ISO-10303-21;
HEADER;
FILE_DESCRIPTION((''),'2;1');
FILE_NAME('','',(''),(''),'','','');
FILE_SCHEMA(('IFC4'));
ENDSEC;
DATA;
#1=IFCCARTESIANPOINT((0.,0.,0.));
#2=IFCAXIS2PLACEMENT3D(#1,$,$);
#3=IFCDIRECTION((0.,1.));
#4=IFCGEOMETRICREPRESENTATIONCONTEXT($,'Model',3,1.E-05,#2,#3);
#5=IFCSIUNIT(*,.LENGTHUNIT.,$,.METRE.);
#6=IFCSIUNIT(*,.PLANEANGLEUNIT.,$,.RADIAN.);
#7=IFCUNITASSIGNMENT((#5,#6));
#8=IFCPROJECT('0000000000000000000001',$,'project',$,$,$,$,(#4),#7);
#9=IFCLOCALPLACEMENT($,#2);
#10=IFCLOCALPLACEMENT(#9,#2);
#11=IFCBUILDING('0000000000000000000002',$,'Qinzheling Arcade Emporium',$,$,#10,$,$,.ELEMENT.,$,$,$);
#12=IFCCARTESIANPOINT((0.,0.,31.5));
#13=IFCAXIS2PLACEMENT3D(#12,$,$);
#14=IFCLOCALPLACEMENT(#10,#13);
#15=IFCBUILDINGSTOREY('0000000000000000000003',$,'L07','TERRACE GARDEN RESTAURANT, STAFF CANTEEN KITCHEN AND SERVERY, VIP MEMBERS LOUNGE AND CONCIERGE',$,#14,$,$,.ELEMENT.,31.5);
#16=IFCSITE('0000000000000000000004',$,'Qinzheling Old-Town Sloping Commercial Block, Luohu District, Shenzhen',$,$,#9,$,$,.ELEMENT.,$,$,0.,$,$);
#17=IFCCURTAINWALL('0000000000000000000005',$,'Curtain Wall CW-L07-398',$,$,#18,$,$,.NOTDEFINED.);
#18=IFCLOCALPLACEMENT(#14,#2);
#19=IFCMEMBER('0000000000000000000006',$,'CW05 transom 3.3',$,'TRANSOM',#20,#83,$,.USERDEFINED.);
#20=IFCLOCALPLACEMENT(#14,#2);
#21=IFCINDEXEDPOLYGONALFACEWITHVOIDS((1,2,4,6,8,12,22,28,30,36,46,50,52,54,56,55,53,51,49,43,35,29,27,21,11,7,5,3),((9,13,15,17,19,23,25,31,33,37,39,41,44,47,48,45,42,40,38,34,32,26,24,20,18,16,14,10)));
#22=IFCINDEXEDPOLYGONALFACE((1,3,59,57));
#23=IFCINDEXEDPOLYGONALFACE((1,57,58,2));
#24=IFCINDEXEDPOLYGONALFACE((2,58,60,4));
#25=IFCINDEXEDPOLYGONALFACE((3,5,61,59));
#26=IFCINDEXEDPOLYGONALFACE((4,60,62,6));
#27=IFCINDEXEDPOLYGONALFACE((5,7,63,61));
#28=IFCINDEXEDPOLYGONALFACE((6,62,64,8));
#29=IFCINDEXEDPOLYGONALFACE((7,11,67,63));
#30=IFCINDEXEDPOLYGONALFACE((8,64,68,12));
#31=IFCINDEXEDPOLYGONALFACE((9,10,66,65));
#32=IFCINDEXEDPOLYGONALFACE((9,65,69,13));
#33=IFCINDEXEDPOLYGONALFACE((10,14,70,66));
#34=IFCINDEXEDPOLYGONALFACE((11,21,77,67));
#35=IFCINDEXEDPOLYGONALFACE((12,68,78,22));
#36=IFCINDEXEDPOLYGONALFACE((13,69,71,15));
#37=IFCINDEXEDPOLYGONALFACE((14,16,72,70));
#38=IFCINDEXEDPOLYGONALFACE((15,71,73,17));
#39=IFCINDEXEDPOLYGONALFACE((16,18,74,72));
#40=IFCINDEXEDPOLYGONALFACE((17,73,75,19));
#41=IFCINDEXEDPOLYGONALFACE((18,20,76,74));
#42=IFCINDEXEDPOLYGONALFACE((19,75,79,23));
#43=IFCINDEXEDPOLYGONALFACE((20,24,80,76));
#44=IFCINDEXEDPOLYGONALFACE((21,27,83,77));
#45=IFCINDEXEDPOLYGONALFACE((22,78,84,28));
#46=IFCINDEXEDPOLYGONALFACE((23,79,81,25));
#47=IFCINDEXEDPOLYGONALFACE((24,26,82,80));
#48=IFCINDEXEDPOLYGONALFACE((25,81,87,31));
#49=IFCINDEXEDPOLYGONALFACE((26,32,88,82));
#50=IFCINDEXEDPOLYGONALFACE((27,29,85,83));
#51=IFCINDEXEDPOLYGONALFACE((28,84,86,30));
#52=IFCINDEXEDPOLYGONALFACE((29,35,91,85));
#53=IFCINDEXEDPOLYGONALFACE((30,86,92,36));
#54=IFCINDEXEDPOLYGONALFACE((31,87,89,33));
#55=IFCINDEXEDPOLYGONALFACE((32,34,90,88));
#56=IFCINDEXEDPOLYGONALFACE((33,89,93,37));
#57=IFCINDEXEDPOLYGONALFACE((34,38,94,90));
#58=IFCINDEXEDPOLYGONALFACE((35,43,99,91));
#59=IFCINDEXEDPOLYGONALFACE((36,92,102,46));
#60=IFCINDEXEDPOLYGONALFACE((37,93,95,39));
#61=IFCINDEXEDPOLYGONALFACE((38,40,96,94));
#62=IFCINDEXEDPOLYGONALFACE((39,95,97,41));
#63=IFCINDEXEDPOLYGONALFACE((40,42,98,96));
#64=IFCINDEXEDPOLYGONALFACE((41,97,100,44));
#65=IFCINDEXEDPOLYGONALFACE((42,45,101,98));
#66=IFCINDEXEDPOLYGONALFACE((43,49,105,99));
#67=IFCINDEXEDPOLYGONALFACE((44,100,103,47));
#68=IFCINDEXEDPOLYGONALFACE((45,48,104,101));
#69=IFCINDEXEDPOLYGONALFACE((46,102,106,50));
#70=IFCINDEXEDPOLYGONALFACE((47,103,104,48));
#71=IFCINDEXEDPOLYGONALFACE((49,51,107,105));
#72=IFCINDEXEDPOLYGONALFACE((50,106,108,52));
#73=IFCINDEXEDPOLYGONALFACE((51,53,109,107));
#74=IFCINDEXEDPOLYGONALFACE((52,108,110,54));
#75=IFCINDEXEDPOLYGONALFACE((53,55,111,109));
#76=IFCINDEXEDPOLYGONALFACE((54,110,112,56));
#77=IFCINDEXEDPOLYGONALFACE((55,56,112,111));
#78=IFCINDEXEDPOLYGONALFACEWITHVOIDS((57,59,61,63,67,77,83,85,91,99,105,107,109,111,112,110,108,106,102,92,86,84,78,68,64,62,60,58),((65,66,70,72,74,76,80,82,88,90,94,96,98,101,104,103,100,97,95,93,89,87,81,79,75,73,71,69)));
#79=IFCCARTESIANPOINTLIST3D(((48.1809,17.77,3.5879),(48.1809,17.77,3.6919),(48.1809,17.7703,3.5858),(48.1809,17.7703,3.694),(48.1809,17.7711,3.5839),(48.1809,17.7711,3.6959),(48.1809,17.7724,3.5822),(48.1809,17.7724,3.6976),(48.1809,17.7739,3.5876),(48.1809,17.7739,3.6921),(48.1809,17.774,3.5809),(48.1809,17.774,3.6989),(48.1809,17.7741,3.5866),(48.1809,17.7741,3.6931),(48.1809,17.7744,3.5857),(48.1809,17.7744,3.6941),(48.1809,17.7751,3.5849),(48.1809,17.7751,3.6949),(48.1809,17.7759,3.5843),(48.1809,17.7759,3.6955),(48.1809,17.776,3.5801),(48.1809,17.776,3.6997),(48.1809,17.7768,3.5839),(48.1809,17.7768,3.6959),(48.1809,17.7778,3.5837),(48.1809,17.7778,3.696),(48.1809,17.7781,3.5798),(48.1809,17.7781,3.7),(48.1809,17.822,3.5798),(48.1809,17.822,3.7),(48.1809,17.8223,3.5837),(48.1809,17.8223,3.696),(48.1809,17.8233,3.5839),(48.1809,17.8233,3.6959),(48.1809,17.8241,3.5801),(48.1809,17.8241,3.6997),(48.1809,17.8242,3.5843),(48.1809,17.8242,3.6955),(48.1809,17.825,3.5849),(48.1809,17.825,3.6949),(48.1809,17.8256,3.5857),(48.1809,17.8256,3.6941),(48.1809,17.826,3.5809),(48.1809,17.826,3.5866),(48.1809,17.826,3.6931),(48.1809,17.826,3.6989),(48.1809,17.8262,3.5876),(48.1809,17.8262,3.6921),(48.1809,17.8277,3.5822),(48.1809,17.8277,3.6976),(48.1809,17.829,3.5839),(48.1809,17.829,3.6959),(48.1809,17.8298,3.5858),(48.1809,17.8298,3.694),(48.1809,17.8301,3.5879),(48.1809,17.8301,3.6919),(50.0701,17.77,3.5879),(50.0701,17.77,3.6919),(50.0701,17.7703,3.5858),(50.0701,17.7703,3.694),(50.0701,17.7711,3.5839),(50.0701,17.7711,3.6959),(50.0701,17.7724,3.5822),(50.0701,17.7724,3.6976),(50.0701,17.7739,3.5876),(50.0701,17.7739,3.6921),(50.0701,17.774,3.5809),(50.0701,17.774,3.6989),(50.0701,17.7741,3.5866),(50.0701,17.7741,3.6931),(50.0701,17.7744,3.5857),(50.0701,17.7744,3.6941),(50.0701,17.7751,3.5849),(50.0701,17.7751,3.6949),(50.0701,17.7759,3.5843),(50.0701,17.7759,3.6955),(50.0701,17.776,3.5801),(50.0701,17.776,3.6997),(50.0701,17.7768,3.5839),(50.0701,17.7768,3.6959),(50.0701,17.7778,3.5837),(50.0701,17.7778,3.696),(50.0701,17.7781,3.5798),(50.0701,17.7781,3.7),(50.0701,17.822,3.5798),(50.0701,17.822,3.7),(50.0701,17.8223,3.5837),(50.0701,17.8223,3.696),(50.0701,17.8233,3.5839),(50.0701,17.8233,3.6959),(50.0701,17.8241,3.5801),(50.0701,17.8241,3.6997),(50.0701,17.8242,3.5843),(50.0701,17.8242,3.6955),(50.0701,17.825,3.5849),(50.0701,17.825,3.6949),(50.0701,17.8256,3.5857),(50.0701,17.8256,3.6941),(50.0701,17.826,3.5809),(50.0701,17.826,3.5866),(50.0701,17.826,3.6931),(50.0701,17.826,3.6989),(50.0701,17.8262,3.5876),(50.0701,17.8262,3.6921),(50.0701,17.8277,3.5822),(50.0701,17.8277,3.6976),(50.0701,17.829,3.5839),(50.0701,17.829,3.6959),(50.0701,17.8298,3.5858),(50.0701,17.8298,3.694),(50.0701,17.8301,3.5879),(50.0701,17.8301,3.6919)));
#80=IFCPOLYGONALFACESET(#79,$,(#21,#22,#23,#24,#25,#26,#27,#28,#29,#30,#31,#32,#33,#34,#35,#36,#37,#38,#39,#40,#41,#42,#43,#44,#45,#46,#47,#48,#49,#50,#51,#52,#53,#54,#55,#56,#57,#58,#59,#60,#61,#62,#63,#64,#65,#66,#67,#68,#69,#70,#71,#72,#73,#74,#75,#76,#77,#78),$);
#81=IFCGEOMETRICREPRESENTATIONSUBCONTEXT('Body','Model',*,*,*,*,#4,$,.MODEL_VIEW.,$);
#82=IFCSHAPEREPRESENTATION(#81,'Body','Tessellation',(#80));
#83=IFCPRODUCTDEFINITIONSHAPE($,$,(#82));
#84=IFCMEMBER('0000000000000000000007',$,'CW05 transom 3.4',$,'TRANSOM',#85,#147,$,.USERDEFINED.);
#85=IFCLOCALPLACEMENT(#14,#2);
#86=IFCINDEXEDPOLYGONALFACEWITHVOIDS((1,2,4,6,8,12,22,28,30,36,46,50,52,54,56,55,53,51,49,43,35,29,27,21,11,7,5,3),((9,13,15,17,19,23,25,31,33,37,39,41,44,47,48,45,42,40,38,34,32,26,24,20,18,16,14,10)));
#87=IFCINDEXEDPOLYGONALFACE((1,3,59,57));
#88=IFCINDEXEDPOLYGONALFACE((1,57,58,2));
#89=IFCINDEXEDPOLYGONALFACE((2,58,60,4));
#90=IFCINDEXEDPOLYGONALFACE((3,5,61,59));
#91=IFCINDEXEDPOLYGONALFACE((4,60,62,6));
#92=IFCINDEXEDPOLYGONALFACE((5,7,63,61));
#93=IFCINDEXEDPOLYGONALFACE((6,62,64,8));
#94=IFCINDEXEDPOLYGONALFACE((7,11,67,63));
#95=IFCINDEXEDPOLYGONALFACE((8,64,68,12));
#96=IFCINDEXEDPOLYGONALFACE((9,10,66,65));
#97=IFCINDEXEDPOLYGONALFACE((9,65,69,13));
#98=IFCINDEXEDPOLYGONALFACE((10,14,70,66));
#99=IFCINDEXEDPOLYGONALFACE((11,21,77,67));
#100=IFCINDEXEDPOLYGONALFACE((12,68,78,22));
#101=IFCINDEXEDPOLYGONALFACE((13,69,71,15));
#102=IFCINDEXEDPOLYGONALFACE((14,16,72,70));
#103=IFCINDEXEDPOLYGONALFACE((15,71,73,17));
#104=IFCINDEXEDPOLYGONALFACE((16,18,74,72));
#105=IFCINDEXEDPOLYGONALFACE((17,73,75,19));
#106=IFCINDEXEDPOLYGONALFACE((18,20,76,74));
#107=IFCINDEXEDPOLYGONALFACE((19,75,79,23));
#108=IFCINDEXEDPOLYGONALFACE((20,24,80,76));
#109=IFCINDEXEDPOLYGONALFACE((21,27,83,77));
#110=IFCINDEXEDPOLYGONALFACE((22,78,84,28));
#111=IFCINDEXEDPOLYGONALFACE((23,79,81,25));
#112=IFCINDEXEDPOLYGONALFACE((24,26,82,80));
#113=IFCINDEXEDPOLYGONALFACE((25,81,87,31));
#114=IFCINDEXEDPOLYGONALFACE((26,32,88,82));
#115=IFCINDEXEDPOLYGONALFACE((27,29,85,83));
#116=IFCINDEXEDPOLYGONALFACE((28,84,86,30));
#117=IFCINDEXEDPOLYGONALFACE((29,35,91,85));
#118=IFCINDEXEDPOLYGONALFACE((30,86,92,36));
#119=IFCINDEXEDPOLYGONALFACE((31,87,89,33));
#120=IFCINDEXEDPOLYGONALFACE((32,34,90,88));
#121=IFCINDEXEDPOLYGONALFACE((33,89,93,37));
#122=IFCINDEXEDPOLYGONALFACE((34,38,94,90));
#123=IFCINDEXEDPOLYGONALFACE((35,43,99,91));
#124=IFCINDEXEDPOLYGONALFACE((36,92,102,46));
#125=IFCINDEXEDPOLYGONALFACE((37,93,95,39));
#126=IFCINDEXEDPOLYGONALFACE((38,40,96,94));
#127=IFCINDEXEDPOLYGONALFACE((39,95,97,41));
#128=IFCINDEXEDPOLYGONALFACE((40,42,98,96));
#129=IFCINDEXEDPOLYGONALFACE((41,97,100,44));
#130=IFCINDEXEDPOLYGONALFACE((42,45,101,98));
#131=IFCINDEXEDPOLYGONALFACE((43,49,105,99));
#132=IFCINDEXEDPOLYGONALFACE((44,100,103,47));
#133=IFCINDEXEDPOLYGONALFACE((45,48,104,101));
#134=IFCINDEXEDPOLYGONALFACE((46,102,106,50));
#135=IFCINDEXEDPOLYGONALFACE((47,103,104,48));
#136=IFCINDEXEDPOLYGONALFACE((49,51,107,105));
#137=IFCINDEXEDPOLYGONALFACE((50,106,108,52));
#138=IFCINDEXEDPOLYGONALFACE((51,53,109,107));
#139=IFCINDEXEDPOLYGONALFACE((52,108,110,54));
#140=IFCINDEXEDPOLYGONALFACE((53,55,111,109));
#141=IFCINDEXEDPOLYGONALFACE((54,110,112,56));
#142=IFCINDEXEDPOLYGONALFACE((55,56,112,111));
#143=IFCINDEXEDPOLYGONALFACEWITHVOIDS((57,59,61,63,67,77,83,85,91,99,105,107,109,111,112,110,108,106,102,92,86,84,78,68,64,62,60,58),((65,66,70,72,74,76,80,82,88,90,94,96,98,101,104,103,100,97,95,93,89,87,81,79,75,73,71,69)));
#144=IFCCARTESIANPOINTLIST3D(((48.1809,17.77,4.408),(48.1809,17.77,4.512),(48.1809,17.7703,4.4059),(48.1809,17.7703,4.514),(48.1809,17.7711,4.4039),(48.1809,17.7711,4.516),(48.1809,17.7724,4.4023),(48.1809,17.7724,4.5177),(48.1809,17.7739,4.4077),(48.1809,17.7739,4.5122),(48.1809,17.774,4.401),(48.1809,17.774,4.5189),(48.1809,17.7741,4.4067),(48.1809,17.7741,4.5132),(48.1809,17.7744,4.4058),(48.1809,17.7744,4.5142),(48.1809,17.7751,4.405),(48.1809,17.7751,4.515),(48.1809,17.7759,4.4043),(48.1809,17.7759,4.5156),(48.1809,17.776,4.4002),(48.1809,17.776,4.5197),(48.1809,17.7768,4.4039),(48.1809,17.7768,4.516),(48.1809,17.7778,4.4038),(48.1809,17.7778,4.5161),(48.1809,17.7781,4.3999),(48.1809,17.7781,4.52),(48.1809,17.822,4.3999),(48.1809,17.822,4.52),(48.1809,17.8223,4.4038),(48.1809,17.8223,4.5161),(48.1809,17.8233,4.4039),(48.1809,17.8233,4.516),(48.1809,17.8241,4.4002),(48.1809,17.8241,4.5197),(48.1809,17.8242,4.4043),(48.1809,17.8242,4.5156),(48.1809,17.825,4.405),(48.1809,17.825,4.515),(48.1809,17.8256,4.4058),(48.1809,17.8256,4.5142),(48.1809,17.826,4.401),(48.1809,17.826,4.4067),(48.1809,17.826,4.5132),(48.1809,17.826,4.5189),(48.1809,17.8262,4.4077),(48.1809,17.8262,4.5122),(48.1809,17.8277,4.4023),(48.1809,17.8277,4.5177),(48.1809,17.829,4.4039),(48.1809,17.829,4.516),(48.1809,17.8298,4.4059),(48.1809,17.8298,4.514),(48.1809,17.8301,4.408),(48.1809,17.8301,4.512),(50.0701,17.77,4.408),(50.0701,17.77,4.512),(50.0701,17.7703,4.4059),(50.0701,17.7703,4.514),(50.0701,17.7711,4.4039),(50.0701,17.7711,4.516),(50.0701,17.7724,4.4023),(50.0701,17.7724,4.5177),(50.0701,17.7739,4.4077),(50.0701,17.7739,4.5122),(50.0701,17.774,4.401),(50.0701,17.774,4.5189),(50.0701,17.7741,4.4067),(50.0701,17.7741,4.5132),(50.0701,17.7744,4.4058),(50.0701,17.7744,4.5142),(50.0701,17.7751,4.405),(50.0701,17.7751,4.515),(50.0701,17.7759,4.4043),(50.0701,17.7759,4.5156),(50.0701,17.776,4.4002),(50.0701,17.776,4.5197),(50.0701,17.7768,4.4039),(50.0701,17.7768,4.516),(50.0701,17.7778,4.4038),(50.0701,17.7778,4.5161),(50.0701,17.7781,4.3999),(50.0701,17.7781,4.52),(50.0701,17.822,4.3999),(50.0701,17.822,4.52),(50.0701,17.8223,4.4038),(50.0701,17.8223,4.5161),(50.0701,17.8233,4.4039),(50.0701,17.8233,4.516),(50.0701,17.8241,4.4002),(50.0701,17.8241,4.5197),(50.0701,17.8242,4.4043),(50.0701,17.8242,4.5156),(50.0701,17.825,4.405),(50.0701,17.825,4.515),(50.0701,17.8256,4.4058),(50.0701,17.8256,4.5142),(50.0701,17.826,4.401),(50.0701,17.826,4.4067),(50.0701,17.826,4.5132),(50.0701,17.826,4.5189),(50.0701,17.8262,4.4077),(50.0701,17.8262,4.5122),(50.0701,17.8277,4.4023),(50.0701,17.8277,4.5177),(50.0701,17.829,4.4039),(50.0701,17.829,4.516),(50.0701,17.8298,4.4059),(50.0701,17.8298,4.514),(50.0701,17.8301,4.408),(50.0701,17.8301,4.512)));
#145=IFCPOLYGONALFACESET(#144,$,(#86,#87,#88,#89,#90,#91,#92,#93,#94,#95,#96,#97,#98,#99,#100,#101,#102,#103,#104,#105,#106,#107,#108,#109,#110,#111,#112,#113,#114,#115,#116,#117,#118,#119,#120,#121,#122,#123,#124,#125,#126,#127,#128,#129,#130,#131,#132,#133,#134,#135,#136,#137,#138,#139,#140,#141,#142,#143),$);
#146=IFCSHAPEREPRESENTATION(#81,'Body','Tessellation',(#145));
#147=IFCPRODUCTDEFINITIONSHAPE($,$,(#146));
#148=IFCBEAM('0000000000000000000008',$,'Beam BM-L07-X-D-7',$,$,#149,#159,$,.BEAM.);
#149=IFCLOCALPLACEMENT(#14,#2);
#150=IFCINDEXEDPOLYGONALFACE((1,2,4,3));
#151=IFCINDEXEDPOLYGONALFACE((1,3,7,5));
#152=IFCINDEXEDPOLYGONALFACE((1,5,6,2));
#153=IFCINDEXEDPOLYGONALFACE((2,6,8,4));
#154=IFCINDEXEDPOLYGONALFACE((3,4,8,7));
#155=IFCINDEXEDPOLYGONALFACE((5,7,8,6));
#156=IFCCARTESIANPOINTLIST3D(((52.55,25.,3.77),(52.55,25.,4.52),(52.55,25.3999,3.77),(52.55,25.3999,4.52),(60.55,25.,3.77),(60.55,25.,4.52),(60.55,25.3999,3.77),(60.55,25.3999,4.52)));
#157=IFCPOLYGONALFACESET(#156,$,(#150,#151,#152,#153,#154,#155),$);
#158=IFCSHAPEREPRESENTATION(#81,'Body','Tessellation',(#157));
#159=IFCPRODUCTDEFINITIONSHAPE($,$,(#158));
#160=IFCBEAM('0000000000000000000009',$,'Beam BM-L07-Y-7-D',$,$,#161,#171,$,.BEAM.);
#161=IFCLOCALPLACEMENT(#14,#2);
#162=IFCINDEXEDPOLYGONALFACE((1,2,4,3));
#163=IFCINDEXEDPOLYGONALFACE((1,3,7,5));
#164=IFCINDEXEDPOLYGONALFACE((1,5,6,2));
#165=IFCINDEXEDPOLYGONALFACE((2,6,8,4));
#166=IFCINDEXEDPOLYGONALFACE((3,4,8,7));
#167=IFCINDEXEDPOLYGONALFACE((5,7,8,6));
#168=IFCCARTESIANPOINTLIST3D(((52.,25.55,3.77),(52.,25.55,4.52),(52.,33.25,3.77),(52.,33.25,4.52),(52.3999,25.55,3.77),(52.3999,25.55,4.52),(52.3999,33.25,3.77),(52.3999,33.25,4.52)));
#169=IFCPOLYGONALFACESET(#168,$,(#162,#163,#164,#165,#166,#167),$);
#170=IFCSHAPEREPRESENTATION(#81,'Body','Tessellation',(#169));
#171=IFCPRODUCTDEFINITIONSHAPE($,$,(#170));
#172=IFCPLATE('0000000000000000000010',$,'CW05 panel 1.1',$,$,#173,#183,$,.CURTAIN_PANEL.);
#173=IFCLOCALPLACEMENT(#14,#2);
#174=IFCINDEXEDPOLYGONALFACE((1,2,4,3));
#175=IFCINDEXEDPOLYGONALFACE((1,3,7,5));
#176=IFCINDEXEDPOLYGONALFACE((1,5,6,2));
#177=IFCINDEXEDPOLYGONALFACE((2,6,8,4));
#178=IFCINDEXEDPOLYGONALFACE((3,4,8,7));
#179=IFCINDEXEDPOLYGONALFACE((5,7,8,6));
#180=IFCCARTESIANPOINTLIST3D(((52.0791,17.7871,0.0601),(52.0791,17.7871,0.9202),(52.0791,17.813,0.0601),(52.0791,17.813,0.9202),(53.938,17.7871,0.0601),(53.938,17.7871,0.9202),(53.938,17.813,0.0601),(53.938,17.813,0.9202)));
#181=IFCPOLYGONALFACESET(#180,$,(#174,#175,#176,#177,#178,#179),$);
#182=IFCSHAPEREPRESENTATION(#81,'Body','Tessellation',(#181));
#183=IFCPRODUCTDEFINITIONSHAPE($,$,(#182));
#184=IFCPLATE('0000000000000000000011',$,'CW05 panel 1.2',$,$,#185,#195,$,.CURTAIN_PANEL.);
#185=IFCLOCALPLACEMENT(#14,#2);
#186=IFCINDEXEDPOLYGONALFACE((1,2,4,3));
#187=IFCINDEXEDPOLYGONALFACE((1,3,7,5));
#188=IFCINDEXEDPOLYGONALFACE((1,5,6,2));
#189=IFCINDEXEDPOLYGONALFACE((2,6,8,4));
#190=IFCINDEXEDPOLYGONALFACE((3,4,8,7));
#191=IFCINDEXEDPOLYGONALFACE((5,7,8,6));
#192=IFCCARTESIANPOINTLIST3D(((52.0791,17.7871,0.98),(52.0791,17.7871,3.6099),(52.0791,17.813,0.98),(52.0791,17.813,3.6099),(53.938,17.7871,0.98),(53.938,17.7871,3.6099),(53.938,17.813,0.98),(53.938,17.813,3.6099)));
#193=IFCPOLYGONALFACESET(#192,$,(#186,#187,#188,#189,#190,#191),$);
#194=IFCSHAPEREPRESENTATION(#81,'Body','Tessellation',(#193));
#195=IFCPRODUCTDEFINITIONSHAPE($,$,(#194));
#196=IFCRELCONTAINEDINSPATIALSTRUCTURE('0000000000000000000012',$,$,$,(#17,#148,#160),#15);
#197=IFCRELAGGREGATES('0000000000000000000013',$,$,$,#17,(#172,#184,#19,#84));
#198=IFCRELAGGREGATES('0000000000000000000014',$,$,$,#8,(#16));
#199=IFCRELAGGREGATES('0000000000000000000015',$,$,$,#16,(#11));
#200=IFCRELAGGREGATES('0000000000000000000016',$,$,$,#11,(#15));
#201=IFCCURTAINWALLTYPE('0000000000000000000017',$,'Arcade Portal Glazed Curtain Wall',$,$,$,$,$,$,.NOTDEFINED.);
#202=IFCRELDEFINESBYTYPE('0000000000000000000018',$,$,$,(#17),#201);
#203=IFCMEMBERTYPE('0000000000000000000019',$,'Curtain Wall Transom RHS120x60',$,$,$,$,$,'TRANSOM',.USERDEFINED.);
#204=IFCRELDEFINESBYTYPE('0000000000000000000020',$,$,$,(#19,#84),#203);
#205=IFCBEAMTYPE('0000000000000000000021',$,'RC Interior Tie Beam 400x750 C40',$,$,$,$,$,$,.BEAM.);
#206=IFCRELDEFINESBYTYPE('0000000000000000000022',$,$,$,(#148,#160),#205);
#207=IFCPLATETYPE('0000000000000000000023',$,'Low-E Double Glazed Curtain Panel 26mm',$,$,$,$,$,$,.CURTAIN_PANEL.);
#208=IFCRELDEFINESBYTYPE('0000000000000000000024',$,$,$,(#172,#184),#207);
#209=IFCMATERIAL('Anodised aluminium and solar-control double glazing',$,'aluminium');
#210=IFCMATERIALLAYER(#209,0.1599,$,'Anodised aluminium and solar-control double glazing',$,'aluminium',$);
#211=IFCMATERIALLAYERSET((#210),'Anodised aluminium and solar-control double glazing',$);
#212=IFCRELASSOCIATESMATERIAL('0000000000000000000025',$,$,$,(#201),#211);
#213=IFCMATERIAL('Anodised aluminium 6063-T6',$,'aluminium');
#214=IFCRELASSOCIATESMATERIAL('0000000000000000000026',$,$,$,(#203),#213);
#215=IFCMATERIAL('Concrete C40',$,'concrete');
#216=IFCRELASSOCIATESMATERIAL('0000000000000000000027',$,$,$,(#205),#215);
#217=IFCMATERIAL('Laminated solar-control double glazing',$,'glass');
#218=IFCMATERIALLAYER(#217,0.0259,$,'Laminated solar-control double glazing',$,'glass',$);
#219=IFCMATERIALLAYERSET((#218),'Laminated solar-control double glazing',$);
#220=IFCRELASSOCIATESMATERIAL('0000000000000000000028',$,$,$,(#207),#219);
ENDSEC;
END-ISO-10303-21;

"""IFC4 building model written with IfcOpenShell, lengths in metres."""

from ifc_helpers import new_model, si_unit, direction, frame, origin, origin_2d, place, context, subcontext, project, spatial, rectangle, hollow_rectangle, extrude, material, layer, layer_set, material_profile, profile_set, type_object, element, aggregate, save


model = new_model("IFC4")

# Units and contexts
model_context = context("Model", 3, precision=1e-05, world=origin(), true_north=direction((0.0, 1.0)))
body_context = subcontext(model_context, "Body", "Model", "MODEL_VIEW")
ifc_project = project(units=[si_unit("LENGTHUNIT", "METRE"), si_unit("PLANEANGLEUNIT", "RADIAN")], contexts=[model_context])

# Site, building, storey
site_placement = place(None, origin())
site = spatial("IfcSite", under=ifc_project, at=site_placement, Name="Qinzheling Old-Town Sloping Commercial Block, Luohu District, Shenzhen", CompositionType="ELEMENT", RefElevation=0.0)
building_placement = place(site_placement, origin())
building = spatial("IfcBuilding", under=site, at=building_placement, Name="Qinzheling Arcade Emporium", CompositionType="ELEMENT")
storey_placement = place(building_placement, frame((0.0, 0.0, 31.5)))
storey = spatial("IfcBuildingStorey", under=building, at=storey_placement, Name="L07", Description="TERRACE GARDEN RESTAURANT, STAFF CANTEEN KITCHEN AND SERVERY, VIP MEMBERS LOUNGE AND CONCIERGE", CompositionType="ELEMENT", Elevation=31.5)

# Shared definitions
ifc_material_1 = material(Name="Concrete C40", Category="concrete")

# Curtain wall, members
ifc_material_2 = material(Name="Anodised aluminium and solar-control double glazing", Category="aluminium")
ifc_layer_1 = layer(ifc_material_2, 0.1599, Name="Anodised aluminium and solar-control double glazing", Category="aluminium")
ifc_layer_set_1 = layer_set([ifc_layer_1], Name="Anodised aluminium and solar-control double glazing")
curtain_wall_type = type_object("IfcCurtainWallType", Name="Arcade Portal Glazed Curtain Wall", PredefinedType="NOTDEFINED", material=ifc_layer_set_1)
curtain_wall_placement = place(storey_placement, origin())
curtain_wall = element("IfcCurtainWall", 1, at=curtain_wall_placement, inside=storey, type_object=curtain_wall_type, Name="Curtain Wall CW-L07-398", PredefinedType="NOTDEFINED")
ifc_material_3 = material(Name="Anodised aluminium 6063-T6", Category="aluminium")
ifc_material_profile_1 = material_profile(ifc_material_3, hollow_rectangle(XDim=0.0601, YDim=0.1201, WallThickness=0.0039, InnerFilletRadius=0.0039, OuterFilletRadius=0.0081, at=origin_2d()), Name="RHS 120x60x4", Category="aluminium")
ifc_profile_set_1 = profile_set([ifc_material_profile_1], Name="Anodised aluminium 6063-T6")
member_type_1 = type_object("IfcMemberType", Name="Curtain Wall Transom RHS120x60", ElementType="TRANSOM", PredefinedType="USERDEFINED", material=ifc_profile_set_1)
member_1_placement = place(storey_placement, frame((50.0701, 17.8, 3.6399), z_axis=(-1.0, 0.0, 0.0), x_axis=(0.0, -1.0, 0.0)))
member_1 = element("IfcMember", 2, at=member_1_placement, type_object=member_type_1, Name="CW05 transom 3.3", ObjectType="TRANSOM", PredefinedType="USERDEFINED", context=body_context, shape_type="SweptSolid", body=[
    extrude(hollow_rectangle(XDim=0.0601, YDim=0.1201, WallThickness=0.0039, InnerFilletRadius=0.0039, OuterFilletRadius=0.0081, at=origin_2d()), origin(), (0.0, 0.0, 1.0), 1.8892),
])
member_2_placement = place(storey_placement, frame((50.0701, 17.8, 4.46), z_axis=(-1.0, 0.0, 0.0), x_axis=(0.0, -1.0, 0.0)))
member_2 = element("IfcMember", 3, at=member_2_placement, type_object=member_type_1, Name="CW05 transom 3.4", ObjectType="TRANSOM", PredefinedType="USERDEFINED", context=body_context, shape_type="SweptSolid", body=[
    extrude(hollow_rectangle(XDim=0.0601, YDim=0.1201, WallThickness=0.0039, InnerFilletRadius=0.0039, OuterFilletRadius=0.0081, at=origin_2d()), origin(), (0.0, 0.0, 1.0), 1.8892),
])

# Beams
ifc_material_profile_2 = material_profile(ifc_material_1, rectangle(XDim=0.3999, YDim=0.75, at=origin_2d()), Name="RC 400x750", Category="concrete")
ifc_profile_set_2 = profile_set([ifc_material_profile_2], Name="Concrete C40")
beam_type = type_object("IfcBeamType", Name="RC Interior Tie Beam 400x750 C40", PredefinedType="BEAM", material=ifc_profile_set_2)
beam_1_placement = place(storey_placement, frame((52.55, 25.2, 4.145), z_axis=(1.0, 0.0, 0.0), x_axis=(0.0, 1.0, 0.0)))
element("IfcBeam", 4, at=beam_1_placement, inside=storey, type_object=beam_type, Name="Beam BM-L07-X-D-7", PredefinedType="BEAM", context=body_context, shape_type="SweptSolid", body=[
    extrude(rectangle(XDim=0.3999, YDim=0.75, at=origin_2d()), origin(), (0.0, 0.0, 1.0), 8.0),
])
beam_2_placement = place(storey_placement, frame((52.2, 25.55, 4.145), z_axis=(0.0, 1.0, 0.0), x_axis=(-1.0, 0.0, 0.0)))
element("IfcBeam", 5, at=beam_2_placement, inside=storey, type_object=beam_type, Name="Beam BM-L07-Y-7-D", PredefinedType="BEAM", context=body_context, shape_type="SweptSolid", body=[
    extrude(rectangle(XDim=0.3999, YDim=0.75, at=origin_2d()), origin(), (0.0, 0.0, 1.0), 7.7),
])

# Plates
ifc_material_4 = material(Name="Laminated solar-control double glazing", Category="glass")
ifc_layer_2 = layer(ifc_material_4, 0.0259, Name="Laminated solar-control double glazing", Category="glass")
ifc_layer_set_2 = layer_set([ifc_layer_2], Name="Laminated solar-control double glazing")
plate_type = type_object("IfcPlateType", Name="Low-E Double Glazed Curtain Panel 26mm", PredefinedType="CURTAIN_PANEL", material=ifc_layer_set_2)
plate_1_placement = place(storey_placement, frame((53.0085, 17.8, 0.0601), z_axis=(0.0, 0.0, 1.0), x_axis=(-1.0, 0.0, 0.0)))
plate_1 = element("IfcPlate", 6, at=plate_1_placement, type_object=plate_type, Name="CW05 panel 1.1", PredefinedType="CURTAIN_PANEL", context=body_context, shape_type="SweptSolid", body=[
    extrude(rectangle(XDim=1.8589, YDim=0.0259, at=origin_2d()), origin(), (0.0, 0.0, 1.0), 0.8601),
])
plate_2_placement = place(storey_placement, frame((53.0085, 17.8, 0.98), z_axis=(0.0, 0.0, 1.0), x_axis=(-1.0, 0.0, 0.0)))
plate_2 = element("IfcPlate", 7, at=plate_2_placement, type_object=plate_type, Name="CW05 panel 1.2", PredefinedType="CURTAIN_PANEL", context=body_context, shape_type="SweptSolid", body=[
    extrude(rectangle(XDim=1.8589, YDim=0.0259, at=origin_2d()), origin(), (0.0, 0.0, 1.0), 2.6299),
])
aggregate(curtain_wall, [plate_1, plate_2, member_1, member_2])

save(model, "model.ifc")
